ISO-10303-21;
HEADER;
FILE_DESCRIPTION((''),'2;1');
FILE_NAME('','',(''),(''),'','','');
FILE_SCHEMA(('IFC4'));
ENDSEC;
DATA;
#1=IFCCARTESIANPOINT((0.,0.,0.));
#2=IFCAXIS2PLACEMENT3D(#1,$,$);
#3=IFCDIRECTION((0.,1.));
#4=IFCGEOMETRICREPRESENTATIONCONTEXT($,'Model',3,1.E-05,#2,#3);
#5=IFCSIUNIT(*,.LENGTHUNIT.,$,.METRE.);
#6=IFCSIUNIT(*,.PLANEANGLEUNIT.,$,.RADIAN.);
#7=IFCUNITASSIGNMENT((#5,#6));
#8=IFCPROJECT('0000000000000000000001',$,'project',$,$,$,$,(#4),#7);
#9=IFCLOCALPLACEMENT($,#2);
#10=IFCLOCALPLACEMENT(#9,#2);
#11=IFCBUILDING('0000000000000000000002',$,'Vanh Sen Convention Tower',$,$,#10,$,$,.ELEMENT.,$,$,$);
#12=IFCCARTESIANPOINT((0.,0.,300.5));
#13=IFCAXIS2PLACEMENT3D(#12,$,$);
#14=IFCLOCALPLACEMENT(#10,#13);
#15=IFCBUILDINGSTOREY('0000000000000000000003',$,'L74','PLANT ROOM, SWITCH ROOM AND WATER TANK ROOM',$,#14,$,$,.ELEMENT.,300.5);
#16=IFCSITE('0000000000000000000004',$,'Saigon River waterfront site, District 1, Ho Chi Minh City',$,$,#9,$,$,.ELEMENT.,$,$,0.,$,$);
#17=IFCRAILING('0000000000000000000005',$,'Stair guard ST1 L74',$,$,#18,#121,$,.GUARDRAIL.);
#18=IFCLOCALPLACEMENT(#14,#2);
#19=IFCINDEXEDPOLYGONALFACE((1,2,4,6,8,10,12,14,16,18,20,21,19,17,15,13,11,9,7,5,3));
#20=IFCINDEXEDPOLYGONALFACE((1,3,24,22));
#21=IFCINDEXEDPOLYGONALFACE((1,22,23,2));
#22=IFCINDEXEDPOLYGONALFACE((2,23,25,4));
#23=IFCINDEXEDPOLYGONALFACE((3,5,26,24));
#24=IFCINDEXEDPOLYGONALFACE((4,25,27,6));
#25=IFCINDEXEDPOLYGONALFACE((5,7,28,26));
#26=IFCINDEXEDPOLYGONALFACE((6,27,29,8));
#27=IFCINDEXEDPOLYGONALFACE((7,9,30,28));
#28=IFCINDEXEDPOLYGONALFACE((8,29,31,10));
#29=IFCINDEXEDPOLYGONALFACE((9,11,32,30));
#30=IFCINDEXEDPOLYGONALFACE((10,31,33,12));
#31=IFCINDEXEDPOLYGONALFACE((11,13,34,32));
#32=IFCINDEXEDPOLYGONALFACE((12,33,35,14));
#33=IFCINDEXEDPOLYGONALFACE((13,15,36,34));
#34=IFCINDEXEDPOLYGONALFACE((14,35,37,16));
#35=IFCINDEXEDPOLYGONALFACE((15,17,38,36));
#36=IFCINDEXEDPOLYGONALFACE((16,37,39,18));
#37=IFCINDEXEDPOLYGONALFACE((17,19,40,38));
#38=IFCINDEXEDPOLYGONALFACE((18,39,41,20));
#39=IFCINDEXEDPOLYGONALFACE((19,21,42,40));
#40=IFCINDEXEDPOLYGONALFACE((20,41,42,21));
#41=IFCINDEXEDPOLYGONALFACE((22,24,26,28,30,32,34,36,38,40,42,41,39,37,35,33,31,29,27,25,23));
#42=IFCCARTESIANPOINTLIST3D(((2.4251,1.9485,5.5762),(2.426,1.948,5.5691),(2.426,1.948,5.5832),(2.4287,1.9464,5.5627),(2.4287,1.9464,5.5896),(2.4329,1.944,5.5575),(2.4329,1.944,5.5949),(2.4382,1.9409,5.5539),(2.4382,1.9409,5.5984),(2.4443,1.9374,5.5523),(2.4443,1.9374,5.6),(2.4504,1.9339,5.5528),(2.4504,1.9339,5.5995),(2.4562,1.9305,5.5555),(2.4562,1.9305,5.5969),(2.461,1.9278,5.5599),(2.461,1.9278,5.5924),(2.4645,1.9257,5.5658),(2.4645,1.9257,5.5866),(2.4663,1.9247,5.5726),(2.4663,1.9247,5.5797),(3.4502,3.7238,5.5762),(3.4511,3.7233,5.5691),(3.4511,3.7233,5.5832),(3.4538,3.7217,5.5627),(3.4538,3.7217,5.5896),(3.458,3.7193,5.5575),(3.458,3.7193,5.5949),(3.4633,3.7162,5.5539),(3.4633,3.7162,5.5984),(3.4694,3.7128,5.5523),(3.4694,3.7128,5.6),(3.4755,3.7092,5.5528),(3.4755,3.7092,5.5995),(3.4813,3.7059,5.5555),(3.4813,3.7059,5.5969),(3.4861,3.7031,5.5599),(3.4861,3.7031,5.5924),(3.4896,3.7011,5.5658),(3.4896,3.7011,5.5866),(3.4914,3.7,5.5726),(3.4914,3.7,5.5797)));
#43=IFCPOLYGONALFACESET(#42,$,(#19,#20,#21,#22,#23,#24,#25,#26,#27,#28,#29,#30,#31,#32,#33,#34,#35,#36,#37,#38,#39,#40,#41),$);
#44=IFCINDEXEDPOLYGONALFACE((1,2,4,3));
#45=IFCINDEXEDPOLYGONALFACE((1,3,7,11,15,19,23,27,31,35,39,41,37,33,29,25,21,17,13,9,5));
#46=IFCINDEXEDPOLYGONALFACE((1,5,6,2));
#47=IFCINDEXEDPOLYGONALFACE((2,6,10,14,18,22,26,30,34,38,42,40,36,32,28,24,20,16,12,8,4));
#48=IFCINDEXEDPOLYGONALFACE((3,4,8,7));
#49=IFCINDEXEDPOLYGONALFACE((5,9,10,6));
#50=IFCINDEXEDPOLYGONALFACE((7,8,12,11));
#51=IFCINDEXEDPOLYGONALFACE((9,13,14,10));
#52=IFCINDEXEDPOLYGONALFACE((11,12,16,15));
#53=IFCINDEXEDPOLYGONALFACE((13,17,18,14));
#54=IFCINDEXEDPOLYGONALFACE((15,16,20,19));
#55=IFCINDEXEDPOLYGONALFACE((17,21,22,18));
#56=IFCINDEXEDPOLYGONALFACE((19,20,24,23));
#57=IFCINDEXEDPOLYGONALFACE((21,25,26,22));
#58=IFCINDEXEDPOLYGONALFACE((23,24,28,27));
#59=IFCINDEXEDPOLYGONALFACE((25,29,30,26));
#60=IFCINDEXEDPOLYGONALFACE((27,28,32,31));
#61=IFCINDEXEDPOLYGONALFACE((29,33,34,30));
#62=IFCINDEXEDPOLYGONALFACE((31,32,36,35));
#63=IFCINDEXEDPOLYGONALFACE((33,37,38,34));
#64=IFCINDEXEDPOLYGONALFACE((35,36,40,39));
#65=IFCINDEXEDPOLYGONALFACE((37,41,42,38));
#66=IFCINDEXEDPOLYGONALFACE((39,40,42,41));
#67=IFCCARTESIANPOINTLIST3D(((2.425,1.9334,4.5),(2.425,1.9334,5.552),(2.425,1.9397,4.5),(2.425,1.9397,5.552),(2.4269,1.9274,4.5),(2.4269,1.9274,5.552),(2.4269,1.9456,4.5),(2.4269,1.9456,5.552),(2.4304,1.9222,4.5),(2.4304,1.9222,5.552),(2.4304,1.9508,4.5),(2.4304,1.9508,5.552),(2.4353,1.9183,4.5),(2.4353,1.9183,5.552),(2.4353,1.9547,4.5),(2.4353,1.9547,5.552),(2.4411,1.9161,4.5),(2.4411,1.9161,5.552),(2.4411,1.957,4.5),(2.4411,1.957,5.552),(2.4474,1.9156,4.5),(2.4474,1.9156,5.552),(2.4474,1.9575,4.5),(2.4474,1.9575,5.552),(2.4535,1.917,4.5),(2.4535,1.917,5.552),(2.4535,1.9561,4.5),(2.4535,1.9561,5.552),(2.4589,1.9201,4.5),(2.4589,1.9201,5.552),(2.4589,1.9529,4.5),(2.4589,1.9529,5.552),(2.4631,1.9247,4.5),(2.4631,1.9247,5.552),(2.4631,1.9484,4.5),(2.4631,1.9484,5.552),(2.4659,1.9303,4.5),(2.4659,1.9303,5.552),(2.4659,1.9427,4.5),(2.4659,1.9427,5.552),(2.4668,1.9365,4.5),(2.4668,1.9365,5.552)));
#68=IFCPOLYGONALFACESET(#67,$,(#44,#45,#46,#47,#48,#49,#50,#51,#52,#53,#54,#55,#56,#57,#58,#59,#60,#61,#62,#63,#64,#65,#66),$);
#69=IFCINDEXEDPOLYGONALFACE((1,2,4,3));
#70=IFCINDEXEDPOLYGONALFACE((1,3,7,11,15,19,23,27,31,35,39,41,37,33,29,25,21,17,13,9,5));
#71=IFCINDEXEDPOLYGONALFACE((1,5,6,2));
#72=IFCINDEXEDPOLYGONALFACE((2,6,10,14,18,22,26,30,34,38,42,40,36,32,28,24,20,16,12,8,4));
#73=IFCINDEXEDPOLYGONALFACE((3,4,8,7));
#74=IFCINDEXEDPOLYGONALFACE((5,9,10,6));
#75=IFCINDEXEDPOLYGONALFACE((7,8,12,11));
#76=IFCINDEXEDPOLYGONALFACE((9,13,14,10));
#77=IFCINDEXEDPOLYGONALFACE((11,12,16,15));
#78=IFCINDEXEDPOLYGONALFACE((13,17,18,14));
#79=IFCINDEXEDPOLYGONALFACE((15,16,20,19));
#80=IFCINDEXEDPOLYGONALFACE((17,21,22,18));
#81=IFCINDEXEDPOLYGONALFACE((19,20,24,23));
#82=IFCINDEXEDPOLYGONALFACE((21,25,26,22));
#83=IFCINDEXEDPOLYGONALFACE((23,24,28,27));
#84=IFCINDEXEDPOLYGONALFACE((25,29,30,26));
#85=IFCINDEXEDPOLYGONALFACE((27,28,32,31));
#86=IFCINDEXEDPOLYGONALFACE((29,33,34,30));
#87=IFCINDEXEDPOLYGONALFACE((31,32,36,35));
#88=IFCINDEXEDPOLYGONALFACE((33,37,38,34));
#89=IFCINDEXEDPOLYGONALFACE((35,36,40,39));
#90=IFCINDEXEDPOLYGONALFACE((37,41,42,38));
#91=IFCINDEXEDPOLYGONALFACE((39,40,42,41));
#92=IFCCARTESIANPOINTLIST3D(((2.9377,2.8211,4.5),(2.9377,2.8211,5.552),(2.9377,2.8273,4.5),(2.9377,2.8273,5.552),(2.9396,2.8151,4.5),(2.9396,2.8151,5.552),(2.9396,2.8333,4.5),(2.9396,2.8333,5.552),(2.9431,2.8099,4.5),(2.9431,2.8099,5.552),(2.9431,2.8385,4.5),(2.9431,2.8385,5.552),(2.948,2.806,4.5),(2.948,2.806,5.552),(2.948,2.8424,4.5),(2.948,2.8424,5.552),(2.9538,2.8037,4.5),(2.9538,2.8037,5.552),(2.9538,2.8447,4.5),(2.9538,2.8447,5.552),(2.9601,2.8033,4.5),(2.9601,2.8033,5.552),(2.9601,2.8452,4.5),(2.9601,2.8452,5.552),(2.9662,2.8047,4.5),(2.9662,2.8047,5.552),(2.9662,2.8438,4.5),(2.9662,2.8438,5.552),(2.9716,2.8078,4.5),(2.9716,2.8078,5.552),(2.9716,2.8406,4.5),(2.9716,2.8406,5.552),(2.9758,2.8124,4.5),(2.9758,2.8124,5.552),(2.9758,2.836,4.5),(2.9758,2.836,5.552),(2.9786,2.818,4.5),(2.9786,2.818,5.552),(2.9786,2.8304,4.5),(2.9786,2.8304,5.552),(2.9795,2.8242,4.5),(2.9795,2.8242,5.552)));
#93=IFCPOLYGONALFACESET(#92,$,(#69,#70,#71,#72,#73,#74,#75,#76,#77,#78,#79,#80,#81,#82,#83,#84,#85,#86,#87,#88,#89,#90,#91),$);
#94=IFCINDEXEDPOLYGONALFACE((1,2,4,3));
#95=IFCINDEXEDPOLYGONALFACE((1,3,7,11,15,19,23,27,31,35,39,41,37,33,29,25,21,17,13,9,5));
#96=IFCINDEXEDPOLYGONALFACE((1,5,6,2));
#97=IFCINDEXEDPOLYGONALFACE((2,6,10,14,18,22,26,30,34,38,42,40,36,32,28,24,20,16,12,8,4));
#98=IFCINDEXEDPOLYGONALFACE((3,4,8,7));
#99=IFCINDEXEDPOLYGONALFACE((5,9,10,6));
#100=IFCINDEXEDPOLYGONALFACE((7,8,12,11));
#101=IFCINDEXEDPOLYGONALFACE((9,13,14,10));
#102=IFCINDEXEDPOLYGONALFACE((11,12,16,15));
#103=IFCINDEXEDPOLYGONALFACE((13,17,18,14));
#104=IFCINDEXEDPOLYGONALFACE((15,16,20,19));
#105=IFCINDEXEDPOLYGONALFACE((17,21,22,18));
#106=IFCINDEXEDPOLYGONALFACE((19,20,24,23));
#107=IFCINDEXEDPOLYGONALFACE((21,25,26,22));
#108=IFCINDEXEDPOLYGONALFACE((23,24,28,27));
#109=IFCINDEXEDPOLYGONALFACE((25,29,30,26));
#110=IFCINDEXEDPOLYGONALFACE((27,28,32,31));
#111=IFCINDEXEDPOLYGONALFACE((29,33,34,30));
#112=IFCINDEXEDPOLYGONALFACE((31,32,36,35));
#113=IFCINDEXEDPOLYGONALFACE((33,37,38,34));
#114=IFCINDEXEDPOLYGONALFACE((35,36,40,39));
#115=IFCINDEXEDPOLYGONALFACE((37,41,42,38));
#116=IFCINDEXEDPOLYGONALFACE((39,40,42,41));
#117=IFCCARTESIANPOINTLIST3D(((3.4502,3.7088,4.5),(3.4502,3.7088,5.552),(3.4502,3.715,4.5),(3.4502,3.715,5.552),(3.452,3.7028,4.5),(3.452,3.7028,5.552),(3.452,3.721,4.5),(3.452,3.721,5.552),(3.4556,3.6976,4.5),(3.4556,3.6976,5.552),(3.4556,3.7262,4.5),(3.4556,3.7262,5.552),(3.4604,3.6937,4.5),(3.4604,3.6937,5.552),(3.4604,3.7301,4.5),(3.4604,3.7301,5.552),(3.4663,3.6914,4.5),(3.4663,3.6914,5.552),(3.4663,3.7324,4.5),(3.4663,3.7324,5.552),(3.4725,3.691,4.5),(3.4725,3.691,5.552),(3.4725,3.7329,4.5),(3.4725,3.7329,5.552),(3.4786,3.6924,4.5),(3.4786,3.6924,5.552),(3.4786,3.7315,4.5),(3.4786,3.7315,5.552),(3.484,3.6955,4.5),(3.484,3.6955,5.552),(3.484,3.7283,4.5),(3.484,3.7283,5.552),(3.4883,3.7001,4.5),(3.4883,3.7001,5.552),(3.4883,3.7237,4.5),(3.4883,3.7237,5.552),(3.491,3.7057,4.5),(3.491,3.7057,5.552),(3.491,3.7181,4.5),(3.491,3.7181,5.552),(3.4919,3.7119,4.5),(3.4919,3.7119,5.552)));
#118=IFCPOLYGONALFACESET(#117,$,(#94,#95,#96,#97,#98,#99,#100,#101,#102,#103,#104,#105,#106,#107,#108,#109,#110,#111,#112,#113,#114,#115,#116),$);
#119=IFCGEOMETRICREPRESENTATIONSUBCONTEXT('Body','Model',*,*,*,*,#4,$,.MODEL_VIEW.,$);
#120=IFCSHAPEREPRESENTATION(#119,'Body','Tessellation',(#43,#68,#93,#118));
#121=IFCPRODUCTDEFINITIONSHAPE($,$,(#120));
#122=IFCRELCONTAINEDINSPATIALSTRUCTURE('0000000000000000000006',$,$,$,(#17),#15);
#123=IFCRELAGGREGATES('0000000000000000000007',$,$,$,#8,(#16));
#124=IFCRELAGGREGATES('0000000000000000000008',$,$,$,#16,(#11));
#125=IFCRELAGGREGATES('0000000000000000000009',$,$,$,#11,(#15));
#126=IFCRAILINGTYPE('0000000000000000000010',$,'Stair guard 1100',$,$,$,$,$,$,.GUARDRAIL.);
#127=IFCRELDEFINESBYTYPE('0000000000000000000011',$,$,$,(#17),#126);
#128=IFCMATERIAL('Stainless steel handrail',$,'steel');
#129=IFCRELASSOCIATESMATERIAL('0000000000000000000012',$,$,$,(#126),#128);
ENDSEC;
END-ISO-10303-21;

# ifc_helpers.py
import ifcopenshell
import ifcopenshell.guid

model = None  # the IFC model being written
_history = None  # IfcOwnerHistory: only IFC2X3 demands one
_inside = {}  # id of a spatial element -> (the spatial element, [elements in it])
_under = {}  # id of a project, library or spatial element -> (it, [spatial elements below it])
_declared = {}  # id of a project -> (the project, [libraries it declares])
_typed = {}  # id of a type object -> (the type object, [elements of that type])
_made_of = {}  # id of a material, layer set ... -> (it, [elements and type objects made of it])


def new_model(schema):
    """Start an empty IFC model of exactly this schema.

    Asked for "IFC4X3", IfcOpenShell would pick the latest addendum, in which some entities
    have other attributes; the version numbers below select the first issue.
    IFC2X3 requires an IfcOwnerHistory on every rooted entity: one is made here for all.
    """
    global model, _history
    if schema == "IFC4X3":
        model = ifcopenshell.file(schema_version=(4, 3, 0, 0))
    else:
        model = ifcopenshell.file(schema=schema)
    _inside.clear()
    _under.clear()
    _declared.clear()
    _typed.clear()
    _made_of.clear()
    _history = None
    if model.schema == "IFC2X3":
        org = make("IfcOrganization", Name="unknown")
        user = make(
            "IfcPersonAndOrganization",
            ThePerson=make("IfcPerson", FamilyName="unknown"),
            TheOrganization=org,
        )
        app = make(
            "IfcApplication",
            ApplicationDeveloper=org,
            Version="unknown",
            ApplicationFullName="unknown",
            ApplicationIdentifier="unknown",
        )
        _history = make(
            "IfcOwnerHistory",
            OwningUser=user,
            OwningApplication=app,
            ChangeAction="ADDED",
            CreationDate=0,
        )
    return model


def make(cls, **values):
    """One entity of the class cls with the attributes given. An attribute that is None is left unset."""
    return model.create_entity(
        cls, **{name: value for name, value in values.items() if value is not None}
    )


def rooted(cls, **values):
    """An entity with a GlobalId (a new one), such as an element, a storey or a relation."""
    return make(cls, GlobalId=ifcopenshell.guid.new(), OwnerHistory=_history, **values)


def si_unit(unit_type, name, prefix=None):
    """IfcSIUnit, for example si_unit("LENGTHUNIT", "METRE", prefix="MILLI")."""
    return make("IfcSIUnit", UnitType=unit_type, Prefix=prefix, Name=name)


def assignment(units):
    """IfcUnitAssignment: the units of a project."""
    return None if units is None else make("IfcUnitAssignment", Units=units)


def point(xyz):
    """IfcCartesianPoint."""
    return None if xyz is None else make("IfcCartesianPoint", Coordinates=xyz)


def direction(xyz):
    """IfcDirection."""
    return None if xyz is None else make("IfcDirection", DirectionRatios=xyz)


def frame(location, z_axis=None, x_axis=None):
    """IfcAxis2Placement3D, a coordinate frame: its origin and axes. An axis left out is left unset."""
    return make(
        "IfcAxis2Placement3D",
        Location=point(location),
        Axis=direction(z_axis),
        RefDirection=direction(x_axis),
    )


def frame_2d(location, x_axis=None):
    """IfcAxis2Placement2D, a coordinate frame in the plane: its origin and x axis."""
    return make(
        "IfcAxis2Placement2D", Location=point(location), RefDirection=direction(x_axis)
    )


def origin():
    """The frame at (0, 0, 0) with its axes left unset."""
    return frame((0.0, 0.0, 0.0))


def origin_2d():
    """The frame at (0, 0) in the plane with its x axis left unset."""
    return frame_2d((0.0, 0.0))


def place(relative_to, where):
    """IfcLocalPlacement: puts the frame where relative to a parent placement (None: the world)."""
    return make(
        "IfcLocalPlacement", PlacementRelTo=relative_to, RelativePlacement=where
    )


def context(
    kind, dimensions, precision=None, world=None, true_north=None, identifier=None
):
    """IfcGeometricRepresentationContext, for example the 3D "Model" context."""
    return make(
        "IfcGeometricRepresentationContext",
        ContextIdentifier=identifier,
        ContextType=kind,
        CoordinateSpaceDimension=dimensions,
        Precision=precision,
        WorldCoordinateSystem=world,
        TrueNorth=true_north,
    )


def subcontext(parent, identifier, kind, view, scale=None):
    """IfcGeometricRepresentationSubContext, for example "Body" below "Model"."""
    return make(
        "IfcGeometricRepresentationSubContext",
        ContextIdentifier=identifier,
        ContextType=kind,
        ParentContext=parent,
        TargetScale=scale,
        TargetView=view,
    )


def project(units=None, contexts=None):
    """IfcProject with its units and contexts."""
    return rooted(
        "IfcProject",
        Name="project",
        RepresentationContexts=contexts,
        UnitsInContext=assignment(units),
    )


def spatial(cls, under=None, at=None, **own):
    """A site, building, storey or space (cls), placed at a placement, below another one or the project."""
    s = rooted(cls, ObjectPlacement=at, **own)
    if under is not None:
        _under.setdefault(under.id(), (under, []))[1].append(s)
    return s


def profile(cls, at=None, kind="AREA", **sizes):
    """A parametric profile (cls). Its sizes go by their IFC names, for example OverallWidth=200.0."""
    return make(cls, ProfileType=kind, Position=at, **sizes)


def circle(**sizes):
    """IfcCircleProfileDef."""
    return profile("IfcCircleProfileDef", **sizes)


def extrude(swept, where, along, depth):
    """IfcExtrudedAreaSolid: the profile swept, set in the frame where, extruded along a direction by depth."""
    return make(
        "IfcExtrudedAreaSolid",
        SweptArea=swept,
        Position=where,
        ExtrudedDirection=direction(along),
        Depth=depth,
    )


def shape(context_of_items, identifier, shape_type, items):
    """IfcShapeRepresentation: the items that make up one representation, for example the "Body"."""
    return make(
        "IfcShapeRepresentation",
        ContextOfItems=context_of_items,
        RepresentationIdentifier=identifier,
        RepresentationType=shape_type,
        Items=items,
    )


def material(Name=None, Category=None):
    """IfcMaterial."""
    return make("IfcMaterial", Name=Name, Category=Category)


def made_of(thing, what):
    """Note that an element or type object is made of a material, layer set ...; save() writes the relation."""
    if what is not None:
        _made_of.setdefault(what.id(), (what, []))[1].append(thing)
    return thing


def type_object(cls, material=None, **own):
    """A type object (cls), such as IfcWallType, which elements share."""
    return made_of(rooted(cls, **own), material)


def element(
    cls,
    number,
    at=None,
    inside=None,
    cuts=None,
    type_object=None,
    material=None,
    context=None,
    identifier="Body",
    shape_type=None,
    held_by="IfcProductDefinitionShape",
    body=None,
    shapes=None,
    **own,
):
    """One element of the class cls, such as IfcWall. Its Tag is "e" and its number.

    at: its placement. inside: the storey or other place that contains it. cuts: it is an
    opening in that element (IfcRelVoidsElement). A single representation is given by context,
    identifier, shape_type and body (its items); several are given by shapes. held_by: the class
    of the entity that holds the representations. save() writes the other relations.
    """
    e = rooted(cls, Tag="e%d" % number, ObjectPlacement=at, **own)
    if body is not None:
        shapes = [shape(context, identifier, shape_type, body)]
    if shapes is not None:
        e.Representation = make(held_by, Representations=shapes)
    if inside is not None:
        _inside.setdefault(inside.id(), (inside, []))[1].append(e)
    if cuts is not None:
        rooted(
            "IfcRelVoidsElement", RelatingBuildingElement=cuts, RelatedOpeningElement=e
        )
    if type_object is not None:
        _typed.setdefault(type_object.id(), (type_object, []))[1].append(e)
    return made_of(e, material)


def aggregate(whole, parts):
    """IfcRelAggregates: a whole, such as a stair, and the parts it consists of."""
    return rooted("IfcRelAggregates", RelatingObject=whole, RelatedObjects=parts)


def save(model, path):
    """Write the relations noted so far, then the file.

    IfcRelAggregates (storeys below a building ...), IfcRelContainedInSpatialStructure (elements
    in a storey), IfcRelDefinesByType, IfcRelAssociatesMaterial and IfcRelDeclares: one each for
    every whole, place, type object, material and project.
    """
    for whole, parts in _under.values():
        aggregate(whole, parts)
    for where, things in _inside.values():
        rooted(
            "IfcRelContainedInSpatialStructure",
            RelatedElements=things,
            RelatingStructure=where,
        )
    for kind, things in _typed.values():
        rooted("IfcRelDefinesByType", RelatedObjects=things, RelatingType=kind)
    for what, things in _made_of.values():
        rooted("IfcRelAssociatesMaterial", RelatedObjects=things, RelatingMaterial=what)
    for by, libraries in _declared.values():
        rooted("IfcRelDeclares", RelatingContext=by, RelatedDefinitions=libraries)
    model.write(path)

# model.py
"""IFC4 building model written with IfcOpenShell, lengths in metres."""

from ifc_helpers import new_model, si_unit, direction, frame, origin, origin_2d, place, context, subcontext, project, spatial, circle, extrude, material, type_object, element, save


model = new_model("IFC4")

# Units and contexts
model_context = context("Model", 3, precision=1e-05, world=origin(), true_north=direction((0.0, 1.0)))
body_context = subcontext(model_context, "Body", "Model", "MODEL_VIEW")
ifc_project = project(units=[si_unit("LENGTHUNIT", "METRE"), si_unit("PLANEANGLEUNIT", "RADIAN")], contexts=[model_context])

# Site, building, storey
site_placement = place(None, origin())
site = spatial("IfcSite", under=ifc_project, at=site_placement, Name="Saigon River waterfront site, District 1, Ho Chi Minh City", CompositionType="ELEMENT", RefElevation=0.0)
building_placement = place(site_placement, origin())
building = spatial("IfcBuilding", under=site, at=building_placement, Name="Vanh Sen Convention Tower", CompositionType="ELEMENT")
storey_placement = place(building_placement, frame((0.0, 0.0, 300.5)))
storey = spatial("IfcBuildingStorey", under=building, at=storey_placement, Name="L74", Description="PLANT ROOM, SWITCH ROOM AND WATER TANK ROOM", CompositionType="ELEMENT", Elevation=300.5)

# Railing
ifc_material_1 = material(Name="Stainless steel handrail", Category="steel")
railing_type_1 = type_object("IfcRailingType", Name="Stair guard 1100", PredefinedType="GUARDRAIL", material=ifc_material_1)
railing_1_placement = place(storey_placement, frame((2.4458, 1.9365, 4.5)))
element("IfcRailing", 1, at=railing_1_placement, inside=storey, type_object=railing_type_1, Name="Stair guard ST1 L74", PredefinedType="GUARDRAIL", context=body_context, shape_type="SweptSolid", body=[
    extrude(circle(Radius=0.0239, at=origin_2d()), frame((0.0, 0.0, 1.0762), z_axis=(0.500045, 0.865999, 0.0), x_axis=(-0.865999, 0.500045, 0.0)), (0.0, 0.0, 1.0), 2.05),
    extrude(circle(Radius=0.021, at=origin_2d()), origin(), (0.0, 0.0, 1.0), 1.052),
    extrude(circle(Radius=0.021, at=origin_2d()), frame((0.5127, 0.8877, 0.0)), (0.0, 0.0, 1.0), 1.052),
    extrude(circle(Radius=0.021, at=origin_2d()), frame((1.0251, 1.7754, 0.0)), (0.0, 0.0, 1.0), 1.052),
])

save(model, "model.ifc")
